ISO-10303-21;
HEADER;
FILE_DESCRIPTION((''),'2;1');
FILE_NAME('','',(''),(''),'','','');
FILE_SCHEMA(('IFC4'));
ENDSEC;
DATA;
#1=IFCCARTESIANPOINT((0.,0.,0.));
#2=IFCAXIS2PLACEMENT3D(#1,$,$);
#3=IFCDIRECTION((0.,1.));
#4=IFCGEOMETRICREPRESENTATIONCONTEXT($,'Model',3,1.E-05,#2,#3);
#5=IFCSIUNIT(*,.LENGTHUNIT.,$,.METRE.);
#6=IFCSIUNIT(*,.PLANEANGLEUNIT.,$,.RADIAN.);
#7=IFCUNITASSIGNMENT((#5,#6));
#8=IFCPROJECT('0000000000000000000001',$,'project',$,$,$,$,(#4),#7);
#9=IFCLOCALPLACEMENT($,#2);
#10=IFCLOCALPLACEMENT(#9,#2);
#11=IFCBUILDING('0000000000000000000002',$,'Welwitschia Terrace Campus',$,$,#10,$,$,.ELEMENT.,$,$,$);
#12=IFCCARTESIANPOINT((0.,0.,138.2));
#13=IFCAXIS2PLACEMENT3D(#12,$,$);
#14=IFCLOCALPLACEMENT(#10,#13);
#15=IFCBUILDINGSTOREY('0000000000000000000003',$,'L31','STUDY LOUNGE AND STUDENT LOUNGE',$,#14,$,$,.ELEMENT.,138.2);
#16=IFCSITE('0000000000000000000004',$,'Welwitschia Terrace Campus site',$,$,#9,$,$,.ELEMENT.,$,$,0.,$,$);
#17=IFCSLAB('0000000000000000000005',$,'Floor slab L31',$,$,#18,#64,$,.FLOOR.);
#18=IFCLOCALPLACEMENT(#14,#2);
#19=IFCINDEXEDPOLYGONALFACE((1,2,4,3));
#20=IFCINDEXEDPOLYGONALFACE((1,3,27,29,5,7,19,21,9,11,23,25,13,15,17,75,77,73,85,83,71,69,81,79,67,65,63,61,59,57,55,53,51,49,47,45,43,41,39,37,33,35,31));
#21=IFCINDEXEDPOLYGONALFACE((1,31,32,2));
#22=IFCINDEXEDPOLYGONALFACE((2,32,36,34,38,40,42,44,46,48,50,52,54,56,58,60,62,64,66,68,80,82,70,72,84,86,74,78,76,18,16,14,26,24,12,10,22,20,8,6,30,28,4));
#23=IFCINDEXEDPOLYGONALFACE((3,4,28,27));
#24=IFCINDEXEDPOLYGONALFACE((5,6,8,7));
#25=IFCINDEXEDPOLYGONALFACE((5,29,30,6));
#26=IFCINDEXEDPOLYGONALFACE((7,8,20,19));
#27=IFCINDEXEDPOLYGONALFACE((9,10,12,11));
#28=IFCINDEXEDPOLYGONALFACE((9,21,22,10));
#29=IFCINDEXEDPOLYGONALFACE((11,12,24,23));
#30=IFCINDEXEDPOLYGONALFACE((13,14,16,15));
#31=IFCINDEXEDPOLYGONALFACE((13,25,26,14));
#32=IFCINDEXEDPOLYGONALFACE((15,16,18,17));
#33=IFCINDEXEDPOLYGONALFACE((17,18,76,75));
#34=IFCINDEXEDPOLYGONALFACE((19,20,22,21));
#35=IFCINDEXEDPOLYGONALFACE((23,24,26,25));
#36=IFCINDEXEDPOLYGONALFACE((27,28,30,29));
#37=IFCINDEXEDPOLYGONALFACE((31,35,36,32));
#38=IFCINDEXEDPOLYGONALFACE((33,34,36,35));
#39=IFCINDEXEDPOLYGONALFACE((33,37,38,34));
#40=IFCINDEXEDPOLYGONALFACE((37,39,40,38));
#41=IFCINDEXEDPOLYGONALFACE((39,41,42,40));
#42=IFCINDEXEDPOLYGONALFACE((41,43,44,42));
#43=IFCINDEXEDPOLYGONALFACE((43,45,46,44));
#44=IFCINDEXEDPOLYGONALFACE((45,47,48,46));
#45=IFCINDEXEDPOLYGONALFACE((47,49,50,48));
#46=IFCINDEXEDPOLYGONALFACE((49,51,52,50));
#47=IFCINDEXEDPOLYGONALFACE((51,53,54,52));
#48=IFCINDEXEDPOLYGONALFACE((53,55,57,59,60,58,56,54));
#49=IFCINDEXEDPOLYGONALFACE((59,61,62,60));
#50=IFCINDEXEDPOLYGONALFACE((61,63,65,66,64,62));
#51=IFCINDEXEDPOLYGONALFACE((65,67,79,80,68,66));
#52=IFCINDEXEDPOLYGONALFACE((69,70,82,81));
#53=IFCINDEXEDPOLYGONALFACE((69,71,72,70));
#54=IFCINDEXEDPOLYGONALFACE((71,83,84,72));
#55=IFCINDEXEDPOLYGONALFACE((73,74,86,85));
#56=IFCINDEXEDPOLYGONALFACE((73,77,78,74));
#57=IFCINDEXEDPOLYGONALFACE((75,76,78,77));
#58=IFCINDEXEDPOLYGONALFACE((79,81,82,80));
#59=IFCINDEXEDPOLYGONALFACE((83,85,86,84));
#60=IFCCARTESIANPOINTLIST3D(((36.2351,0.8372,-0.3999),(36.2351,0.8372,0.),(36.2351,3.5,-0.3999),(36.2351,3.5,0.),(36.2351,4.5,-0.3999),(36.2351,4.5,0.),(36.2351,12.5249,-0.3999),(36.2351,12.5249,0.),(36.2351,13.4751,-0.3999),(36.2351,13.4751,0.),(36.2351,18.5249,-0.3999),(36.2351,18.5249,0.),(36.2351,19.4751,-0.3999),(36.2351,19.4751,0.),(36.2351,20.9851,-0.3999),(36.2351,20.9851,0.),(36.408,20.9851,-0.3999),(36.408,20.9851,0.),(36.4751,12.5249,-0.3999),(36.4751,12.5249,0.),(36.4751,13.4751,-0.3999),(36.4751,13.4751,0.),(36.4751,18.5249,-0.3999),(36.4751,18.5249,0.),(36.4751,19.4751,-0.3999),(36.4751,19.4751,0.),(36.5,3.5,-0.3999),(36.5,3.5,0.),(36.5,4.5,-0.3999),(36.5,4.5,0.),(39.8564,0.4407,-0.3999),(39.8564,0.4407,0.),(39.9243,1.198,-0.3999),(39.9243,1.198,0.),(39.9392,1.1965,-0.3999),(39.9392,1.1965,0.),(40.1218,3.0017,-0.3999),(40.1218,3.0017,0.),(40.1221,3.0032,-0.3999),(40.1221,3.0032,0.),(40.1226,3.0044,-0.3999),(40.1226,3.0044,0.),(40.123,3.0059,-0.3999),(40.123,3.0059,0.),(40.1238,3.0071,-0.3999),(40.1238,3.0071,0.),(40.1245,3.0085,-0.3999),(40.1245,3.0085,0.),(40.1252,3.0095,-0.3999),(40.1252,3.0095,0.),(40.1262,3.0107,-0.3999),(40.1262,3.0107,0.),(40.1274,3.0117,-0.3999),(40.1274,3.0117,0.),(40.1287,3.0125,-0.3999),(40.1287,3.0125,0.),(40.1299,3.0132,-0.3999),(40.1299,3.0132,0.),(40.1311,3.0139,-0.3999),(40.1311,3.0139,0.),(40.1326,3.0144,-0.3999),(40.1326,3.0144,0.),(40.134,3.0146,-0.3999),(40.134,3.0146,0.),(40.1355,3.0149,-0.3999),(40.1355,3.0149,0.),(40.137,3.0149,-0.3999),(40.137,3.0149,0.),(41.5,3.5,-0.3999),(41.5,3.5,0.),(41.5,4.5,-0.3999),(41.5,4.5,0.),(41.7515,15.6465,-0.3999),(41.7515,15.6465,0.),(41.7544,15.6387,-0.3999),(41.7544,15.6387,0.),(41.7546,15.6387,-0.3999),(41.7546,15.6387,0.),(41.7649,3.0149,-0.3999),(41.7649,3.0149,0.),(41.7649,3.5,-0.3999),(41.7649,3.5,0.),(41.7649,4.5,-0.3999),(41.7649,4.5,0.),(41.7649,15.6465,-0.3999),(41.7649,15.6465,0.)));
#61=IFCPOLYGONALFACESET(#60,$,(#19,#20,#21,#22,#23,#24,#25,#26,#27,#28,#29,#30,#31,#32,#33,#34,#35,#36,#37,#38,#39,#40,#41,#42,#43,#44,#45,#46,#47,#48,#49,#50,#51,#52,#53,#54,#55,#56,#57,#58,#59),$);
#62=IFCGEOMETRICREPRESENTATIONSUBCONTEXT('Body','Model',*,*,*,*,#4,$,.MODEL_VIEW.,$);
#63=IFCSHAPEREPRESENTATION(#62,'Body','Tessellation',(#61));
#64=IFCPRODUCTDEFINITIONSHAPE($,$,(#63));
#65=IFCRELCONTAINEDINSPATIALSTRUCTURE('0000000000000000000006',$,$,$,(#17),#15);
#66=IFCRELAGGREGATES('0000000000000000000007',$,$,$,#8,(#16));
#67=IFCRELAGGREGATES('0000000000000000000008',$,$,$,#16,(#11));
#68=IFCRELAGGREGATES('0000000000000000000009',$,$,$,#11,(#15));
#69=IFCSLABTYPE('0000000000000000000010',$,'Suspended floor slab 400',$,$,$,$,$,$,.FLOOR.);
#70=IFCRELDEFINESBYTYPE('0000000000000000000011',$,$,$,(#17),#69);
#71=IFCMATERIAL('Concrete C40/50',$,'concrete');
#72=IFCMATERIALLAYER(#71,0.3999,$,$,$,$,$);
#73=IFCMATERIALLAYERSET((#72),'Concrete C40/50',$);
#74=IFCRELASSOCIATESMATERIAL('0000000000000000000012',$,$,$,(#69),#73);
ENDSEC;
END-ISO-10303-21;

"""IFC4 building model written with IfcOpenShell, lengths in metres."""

from ifc_helpers import new_model, si_unit, direction, frame, origin, place, context, subcontext, project, spatial, polyline, outline, extrude, material, layer, layer_set, type_object, element, save


model = new_model("IFC4")

# Units and contexts
model_context = context("Model", 3, precision=1e-05, world=origin(), true_north=direction((0.0, 1.0)))
body_context = subcontext(model_context, "Body", "Model", "MODEL_VIEW")
ifc_project = project(units=[si_unit("LENGTHUNIT", "METRE"), si_unit("PLANEANGLEUNIT", "RADIAN")], contexts=[model_context])

# Site, building, storey
site_placement = place(None, origin())
site = spatial("IfcSite", under=ifc_project, at=site_placement, Name="Welwitschia Terrace Campus site", CompositionType="ELEMENT", RefElevation=0.0)
building_placement = place(site_placement, origin())
building = spatial("IfcBuilding", under=site, at=building_placement, Name="Welwitschia Terrace Campus", CompositionType="ELEMENT")
storey_placement = place(building_placement, frame((0.0, 0.0, 138.2)))
storey = spatial("IfcBuildingStorey", under=building, at=storey_placement, Name="L31", Description="STUDY LOUNGE AND STUDENT LOUNGE", CompositionType="ELEMENT", Elevation=138.2)

# Slab
ifc_material_1 = material(Name="Concrete C40/50", Category="concrete")
ifc_layer_1 = layer(ifc_material_1, 0.3999)
ifc_layer_set_1 = layer_set([ifc_layer_1], Name="Concrete C40/50")
slab_type_1 = type_object("IfcSlabType", Name="Suspended floor slab 400", PredefinedType="FLOOR", material=ifc_layer_set_1)
slab_1_placement = place(storey_placement, frame((0.0, 0.0, -0.3999)))
element("IfcSlab", 1, at=slab_1_placement, inside=storey, type_object=slab_type_1, Name="Floor slab L31", PredefinedType="FLOOR", context=body_context, shape_type="SweptSolid", body=[
    extrude(outline(polyline([(39.8564, 0.4407), (36.2351, 0.8372), (36.2351, 3.5), (36.5, 3.5), (36.5, 4.5), (36.2351, 4.5), (36.2351, 12.5249), (36.4751, 12.5249), (36.4751, 13.4751), (36.2351, 13.4751), (36.2351, 18.5249), (36.4751, 18.5249), (36.4751, 19.4751), (36.2351, 19.4751), (36.2351, 20.9851), (36.408, 20.9851), (41.7544, 15.6387), (41.7546, 15.6387), (41.7515, 15.6465), (41.7649, 15.6465), (41.7649, 4.5), (41.5, 4.5), (41.5, 3.5), (41.7649, 3.5), (41.7649, 3.0149), (40.137, 3.0149), (40.1355, 3.0149), (40.134, 3.0146), (40.1326, 3.0144), (40.1311, 3.0139), (40.1299, 3.0132), (40.1287, 3.0125), (40.1274, 3.0117), (40.1262, 3.0107), (40.1252, 3.0095), (40.1245, 3.0085), (40.1238, 3.0071), (40.123, 3.0059), (40.1226, 3.0044), (40.1221, 3.0032), (40.1218, 3.0017), (39.9243, 1.198), (39.9392, 1.1965), (39.8564, 0.4407)])), origin(), (0.0, 0.0, 1.0), 0.3999),
])

save(model, "model.ifc")
